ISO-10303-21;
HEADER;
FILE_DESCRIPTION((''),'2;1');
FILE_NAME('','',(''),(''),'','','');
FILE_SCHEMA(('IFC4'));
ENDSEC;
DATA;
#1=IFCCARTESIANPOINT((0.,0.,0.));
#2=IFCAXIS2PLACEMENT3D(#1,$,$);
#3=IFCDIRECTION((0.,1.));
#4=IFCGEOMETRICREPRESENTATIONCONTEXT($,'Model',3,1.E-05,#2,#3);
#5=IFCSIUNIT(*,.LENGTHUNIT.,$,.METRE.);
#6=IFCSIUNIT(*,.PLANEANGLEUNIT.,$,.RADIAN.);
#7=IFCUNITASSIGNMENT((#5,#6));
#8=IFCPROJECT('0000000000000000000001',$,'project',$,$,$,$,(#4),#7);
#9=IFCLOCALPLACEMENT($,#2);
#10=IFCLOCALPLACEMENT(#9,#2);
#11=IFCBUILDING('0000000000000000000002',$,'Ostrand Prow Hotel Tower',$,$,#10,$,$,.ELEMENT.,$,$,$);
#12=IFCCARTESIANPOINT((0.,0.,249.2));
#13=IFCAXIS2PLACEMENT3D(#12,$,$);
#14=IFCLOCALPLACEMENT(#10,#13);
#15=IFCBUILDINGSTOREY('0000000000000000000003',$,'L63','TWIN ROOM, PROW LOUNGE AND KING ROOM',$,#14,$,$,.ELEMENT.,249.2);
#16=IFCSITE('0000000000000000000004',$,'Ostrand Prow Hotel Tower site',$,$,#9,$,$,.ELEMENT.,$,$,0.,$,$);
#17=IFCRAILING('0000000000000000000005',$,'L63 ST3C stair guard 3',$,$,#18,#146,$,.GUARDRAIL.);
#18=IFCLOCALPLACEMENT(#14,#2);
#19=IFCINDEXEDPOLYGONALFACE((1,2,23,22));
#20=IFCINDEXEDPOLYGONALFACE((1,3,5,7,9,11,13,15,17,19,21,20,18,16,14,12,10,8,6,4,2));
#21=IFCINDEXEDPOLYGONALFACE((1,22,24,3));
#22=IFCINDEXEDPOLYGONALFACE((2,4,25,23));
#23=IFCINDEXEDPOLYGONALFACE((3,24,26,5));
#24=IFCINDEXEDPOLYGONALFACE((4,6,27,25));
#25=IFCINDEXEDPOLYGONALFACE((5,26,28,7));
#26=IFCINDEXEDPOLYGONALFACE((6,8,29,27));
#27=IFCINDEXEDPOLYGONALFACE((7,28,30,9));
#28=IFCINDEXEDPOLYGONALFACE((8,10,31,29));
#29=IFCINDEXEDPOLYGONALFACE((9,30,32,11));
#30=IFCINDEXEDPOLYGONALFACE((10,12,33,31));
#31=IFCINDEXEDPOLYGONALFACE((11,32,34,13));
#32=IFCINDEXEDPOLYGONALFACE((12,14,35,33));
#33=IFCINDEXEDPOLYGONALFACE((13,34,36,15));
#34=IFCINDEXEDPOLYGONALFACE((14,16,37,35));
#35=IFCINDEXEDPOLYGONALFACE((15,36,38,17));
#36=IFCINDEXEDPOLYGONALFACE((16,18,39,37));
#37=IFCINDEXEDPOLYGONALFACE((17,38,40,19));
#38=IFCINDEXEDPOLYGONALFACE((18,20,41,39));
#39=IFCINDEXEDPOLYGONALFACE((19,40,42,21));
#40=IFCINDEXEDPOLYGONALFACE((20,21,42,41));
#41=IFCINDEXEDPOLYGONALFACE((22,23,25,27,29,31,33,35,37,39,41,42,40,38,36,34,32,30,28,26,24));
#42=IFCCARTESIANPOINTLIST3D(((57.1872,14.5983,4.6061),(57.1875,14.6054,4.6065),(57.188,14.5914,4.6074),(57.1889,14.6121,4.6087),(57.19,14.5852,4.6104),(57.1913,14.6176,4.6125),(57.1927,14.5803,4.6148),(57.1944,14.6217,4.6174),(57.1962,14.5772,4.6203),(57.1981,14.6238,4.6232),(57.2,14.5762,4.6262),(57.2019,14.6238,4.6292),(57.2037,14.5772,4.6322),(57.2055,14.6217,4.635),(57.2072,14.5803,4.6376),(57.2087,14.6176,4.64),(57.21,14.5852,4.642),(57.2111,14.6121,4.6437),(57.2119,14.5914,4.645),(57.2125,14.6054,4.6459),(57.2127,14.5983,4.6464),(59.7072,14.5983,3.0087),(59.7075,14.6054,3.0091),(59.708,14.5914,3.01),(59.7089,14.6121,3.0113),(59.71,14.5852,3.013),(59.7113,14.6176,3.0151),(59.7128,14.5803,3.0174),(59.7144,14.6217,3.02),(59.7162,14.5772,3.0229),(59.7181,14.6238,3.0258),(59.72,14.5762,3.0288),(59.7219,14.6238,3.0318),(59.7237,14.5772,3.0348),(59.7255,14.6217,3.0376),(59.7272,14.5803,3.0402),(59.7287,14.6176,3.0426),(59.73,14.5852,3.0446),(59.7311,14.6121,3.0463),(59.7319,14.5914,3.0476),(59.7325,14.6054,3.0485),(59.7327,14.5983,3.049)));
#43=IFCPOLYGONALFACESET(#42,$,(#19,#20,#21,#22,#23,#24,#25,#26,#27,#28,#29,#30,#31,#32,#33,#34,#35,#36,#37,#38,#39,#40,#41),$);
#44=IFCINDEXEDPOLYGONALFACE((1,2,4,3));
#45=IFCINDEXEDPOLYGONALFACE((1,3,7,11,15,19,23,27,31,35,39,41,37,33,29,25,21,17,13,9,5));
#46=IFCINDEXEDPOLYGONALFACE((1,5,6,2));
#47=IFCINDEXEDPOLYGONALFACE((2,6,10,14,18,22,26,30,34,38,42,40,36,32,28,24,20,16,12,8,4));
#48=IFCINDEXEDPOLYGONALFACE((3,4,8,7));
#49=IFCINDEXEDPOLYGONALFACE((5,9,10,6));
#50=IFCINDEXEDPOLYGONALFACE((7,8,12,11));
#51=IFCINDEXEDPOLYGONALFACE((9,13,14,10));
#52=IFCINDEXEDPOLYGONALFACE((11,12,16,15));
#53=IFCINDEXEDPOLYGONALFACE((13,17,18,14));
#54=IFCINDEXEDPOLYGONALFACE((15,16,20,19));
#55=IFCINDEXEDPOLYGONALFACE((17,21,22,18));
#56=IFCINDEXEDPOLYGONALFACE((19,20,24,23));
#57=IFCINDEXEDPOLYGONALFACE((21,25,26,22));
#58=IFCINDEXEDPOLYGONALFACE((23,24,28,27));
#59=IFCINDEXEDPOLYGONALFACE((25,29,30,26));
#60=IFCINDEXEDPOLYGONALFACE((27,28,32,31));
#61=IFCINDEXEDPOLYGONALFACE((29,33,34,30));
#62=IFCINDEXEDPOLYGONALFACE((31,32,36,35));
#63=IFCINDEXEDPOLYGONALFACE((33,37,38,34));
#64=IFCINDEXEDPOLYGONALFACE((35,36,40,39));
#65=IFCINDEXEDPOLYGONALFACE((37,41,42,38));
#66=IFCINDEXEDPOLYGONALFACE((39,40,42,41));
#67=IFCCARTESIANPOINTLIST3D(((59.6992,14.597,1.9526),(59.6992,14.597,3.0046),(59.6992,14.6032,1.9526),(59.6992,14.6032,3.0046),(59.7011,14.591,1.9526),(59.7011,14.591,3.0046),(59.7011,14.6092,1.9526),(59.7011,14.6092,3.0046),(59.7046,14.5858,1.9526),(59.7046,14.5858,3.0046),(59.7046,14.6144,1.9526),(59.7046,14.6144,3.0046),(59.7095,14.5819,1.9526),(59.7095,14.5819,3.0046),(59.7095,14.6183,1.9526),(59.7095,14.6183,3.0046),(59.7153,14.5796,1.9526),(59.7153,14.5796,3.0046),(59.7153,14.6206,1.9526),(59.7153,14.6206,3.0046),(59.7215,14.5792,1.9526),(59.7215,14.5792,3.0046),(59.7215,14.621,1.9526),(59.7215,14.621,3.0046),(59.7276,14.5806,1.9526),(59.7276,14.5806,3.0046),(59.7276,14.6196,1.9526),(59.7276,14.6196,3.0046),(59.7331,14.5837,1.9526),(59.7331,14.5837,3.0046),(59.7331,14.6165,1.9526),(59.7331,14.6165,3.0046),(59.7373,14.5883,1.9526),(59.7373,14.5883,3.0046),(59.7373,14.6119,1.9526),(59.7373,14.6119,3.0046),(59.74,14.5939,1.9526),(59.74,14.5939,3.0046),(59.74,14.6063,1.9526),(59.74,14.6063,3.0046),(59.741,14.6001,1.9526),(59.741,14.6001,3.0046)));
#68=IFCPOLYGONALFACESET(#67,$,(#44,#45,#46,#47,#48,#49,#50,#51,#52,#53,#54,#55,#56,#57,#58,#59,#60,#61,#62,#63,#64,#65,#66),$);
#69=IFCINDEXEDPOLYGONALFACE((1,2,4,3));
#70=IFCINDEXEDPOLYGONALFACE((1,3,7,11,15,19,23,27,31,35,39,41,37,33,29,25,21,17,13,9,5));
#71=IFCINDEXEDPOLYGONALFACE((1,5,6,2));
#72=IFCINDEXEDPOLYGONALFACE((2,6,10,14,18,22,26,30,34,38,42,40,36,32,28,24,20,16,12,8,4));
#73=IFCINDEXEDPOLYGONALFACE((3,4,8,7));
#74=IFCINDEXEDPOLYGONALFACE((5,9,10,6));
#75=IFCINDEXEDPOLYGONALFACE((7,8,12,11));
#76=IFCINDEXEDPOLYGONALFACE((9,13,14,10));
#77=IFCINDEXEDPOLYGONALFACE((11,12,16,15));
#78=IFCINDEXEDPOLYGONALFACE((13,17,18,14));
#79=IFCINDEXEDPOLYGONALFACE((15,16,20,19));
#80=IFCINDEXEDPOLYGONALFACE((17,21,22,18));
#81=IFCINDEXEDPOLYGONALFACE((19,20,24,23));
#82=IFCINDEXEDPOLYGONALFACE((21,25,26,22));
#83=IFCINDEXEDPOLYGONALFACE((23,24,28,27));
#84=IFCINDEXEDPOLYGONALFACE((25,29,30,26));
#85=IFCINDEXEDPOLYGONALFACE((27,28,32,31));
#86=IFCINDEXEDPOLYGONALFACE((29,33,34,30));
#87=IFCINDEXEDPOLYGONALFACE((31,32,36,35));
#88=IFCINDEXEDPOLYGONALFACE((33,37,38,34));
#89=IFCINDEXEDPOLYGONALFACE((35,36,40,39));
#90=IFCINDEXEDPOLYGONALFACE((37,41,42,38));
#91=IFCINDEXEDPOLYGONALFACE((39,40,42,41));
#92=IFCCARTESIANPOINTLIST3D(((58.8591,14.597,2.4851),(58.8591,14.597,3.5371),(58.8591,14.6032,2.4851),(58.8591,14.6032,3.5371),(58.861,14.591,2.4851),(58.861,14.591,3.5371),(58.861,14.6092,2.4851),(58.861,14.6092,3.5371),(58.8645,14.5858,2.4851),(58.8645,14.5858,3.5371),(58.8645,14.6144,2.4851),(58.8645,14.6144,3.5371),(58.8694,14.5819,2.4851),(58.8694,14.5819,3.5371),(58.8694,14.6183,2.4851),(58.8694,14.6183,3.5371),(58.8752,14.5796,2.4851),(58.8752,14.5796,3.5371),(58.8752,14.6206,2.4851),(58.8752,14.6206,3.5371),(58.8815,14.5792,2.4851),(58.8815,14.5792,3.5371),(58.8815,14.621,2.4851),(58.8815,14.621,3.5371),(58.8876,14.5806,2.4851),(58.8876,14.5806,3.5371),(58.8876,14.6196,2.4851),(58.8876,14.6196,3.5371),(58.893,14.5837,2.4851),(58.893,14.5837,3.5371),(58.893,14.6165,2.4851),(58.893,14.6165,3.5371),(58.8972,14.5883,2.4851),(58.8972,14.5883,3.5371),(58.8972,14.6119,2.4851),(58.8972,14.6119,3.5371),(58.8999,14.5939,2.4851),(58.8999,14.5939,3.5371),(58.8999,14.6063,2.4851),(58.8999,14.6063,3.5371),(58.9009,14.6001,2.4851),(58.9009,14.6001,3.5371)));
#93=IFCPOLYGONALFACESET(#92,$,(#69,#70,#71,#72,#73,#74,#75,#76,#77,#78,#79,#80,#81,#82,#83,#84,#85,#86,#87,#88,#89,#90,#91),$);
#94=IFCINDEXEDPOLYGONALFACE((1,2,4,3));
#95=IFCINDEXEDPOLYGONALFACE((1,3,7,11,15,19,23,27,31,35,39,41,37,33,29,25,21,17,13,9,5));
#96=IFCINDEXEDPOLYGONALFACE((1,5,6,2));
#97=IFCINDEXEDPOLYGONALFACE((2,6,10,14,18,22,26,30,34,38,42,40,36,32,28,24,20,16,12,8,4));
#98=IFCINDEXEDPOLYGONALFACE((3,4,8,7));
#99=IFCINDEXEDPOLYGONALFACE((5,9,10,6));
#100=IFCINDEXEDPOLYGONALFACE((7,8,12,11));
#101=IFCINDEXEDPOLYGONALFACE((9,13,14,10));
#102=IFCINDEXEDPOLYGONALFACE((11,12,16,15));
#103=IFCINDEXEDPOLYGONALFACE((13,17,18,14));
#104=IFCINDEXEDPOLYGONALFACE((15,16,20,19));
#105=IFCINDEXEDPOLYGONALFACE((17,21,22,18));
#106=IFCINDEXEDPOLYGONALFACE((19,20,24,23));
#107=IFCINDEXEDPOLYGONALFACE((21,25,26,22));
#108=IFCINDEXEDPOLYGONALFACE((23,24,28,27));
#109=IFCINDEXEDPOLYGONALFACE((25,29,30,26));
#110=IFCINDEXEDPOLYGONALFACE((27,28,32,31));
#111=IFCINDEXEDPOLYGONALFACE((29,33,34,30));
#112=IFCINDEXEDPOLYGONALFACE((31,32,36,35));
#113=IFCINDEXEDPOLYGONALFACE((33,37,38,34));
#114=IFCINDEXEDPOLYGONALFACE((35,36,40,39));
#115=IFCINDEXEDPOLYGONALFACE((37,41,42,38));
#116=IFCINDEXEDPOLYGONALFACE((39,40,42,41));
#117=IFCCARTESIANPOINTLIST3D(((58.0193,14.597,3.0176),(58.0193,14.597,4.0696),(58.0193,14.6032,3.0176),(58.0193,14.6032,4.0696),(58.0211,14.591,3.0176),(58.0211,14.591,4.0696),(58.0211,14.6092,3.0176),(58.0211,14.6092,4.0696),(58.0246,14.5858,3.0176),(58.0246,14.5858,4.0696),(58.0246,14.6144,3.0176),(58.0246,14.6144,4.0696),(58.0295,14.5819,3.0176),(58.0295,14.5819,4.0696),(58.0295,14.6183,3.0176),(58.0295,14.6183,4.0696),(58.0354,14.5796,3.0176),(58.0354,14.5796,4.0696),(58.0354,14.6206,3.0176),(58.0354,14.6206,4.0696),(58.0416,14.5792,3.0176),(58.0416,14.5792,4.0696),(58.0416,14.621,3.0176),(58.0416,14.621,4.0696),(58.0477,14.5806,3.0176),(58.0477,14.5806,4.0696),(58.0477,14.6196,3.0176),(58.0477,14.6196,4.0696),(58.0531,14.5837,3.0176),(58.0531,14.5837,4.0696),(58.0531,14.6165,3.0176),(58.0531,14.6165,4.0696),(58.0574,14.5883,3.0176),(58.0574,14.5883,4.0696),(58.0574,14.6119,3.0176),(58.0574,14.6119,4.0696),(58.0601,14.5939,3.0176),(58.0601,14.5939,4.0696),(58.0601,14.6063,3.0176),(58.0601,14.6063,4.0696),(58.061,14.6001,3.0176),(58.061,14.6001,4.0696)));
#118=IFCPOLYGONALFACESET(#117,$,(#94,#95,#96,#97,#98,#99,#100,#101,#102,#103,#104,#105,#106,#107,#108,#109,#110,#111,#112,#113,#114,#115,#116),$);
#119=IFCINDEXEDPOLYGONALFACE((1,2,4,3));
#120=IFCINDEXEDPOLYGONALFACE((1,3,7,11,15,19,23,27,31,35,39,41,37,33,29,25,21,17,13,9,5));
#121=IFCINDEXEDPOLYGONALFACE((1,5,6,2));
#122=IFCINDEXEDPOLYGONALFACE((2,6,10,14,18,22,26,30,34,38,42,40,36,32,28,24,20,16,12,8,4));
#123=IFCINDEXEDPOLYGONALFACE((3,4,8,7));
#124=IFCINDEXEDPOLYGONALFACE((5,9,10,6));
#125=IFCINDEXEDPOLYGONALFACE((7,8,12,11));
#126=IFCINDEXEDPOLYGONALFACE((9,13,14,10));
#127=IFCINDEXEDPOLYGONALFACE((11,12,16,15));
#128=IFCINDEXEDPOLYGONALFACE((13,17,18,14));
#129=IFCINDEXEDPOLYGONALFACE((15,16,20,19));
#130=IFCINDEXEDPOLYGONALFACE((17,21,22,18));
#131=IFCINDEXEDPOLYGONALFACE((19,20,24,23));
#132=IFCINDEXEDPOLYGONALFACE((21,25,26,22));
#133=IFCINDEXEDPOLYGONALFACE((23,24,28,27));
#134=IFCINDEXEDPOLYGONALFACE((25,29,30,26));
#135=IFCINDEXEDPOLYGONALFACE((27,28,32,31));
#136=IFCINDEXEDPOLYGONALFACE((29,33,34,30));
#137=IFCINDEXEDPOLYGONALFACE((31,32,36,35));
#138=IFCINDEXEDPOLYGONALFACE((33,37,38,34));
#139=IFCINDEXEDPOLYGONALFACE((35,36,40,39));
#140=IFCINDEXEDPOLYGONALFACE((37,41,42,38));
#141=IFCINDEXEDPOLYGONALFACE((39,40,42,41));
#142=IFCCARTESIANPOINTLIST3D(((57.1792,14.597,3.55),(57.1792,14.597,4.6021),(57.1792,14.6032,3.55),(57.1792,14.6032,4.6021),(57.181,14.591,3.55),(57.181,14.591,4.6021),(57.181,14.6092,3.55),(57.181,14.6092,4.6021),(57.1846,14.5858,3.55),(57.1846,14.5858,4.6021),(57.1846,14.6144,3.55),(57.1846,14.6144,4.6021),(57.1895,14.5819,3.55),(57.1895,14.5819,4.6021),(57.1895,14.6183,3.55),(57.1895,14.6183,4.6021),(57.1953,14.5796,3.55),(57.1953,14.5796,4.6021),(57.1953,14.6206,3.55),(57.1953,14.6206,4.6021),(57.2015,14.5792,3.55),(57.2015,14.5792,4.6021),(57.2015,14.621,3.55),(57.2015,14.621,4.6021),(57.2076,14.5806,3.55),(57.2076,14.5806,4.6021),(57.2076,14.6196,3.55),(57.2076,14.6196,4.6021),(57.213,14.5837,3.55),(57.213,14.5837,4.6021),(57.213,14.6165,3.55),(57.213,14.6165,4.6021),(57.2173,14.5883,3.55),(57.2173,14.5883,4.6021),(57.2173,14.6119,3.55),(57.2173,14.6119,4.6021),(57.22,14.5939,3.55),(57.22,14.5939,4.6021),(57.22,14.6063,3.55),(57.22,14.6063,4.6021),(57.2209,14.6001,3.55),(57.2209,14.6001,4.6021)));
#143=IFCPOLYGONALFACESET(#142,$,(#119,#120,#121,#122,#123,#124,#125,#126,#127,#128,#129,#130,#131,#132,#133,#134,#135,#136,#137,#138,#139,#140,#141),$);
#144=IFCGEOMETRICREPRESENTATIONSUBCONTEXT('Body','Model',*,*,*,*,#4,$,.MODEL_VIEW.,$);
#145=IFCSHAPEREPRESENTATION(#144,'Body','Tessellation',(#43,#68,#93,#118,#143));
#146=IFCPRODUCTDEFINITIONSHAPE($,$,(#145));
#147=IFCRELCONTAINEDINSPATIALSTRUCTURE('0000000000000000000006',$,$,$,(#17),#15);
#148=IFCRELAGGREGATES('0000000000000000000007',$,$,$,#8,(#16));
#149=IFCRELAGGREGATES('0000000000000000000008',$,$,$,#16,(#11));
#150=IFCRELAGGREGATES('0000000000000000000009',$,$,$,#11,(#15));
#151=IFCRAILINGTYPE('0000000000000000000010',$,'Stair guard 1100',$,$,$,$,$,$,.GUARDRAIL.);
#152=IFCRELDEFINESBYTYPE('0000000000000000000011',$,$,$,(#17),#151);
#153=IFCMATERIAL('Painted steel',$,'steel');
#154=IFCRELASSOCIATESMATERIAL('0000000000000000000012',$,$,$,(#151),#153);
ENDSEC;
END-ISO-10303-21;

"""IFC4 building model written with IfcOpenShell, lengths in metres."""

from ifc_helpers import new_model, si_unit, direction, frame, origin, origin_2d, place, context, subcontext, project, spatial, circle, extrude, material, type_object, element, save


model = new_model("IFC4")

# Units and contexts
model_context = context("Model", 3, precision=1e-05, world=origin(), true_north=direction((0.0, 1.0)))
body_context = subcontext(model_context, "Body", "Model", "MODEL_VIEW")
ifc_project = project(units=[si_unit("LENGTHUNIT", "METRE"), si_unit("PLANEANGLEUNIT", "RADIAN")], contexts=[model_context])

# Site, building, storey
site_placement = place(None, origin())
site = spatial("IfcSite", under=ifc_project, at=site_placement, Name="Ostrand Prow Hotel Tower site", CompositionType="ELEMENT", RefElevation=0.0)
building_placement = place(site_placement, origin())
building = spatial("IfcBuilding", under=site, at=building_placement, Name="Ostrand Prow Hotel Tower", CompositionType="ELEMENT")
storey_placement = place(building_placement, frame((0.0, 0.0, 249.2)))
storey = spatial("IfcBuildingStorey", under=building, at=storey_placement, Name="L63", Description="TWIN ROOM, PROW LOUNGE AND KING ROOM", CompositionType="ELEMENT", Elevation=249.2)

# Railing
ifc_material_1 = material(Name="Painted steel", Category="steel")
railing_type_1 = type_object("IfcRailingType", Name="Stair guard 1100", PredefinedType="GUARDRAIL", material=ifc_material_1)
railing_1_placement = place(storey_placement, frame((59.72, 14.6001, 1.9526)))
element("IfcRailing", 1, at=railing_1_placement, inside=storey, type_object=railing_type_1, Name="L63 ST3C stair guard 3", PredefinedType="GUARDRAIL", context=body_context, shape_type="SweptSolid", body=[
    extrude(circle(Radius=0.0239, at=origin_2d()), frame((0.0, 0.0, 1.0762), z_axis=(-0.844607, 0.0, 0.535387), x_axis=(0.0, -1.0, 0.0)), (0.0, 0.0, 1.0), 2.9836),
    extrude(circle(Radius=0.021, at=origin_2d()), origin(), (0.0, 0.0, 1.0), 1.052),
    extrude(circle(Radius=0.021, at=origin_2d()), frame((-0.8401, 0.0, 0.5325)), (0.0, 0.0, 1.0), 1.052),
    extrude(circle(Radius=0.021, at=origin_2d()), frame((-1.6799, 0.0, 1.0649)), (0.0, 0.0, 1.0), 1.052),
    extrude(circle(Radius=0.021, at=origin_2d()), frame((-2.52, 0.0, 1.5974)), (0.0, 0.0, 1.0), 1.052),
])

save(model, "model.ifc")
